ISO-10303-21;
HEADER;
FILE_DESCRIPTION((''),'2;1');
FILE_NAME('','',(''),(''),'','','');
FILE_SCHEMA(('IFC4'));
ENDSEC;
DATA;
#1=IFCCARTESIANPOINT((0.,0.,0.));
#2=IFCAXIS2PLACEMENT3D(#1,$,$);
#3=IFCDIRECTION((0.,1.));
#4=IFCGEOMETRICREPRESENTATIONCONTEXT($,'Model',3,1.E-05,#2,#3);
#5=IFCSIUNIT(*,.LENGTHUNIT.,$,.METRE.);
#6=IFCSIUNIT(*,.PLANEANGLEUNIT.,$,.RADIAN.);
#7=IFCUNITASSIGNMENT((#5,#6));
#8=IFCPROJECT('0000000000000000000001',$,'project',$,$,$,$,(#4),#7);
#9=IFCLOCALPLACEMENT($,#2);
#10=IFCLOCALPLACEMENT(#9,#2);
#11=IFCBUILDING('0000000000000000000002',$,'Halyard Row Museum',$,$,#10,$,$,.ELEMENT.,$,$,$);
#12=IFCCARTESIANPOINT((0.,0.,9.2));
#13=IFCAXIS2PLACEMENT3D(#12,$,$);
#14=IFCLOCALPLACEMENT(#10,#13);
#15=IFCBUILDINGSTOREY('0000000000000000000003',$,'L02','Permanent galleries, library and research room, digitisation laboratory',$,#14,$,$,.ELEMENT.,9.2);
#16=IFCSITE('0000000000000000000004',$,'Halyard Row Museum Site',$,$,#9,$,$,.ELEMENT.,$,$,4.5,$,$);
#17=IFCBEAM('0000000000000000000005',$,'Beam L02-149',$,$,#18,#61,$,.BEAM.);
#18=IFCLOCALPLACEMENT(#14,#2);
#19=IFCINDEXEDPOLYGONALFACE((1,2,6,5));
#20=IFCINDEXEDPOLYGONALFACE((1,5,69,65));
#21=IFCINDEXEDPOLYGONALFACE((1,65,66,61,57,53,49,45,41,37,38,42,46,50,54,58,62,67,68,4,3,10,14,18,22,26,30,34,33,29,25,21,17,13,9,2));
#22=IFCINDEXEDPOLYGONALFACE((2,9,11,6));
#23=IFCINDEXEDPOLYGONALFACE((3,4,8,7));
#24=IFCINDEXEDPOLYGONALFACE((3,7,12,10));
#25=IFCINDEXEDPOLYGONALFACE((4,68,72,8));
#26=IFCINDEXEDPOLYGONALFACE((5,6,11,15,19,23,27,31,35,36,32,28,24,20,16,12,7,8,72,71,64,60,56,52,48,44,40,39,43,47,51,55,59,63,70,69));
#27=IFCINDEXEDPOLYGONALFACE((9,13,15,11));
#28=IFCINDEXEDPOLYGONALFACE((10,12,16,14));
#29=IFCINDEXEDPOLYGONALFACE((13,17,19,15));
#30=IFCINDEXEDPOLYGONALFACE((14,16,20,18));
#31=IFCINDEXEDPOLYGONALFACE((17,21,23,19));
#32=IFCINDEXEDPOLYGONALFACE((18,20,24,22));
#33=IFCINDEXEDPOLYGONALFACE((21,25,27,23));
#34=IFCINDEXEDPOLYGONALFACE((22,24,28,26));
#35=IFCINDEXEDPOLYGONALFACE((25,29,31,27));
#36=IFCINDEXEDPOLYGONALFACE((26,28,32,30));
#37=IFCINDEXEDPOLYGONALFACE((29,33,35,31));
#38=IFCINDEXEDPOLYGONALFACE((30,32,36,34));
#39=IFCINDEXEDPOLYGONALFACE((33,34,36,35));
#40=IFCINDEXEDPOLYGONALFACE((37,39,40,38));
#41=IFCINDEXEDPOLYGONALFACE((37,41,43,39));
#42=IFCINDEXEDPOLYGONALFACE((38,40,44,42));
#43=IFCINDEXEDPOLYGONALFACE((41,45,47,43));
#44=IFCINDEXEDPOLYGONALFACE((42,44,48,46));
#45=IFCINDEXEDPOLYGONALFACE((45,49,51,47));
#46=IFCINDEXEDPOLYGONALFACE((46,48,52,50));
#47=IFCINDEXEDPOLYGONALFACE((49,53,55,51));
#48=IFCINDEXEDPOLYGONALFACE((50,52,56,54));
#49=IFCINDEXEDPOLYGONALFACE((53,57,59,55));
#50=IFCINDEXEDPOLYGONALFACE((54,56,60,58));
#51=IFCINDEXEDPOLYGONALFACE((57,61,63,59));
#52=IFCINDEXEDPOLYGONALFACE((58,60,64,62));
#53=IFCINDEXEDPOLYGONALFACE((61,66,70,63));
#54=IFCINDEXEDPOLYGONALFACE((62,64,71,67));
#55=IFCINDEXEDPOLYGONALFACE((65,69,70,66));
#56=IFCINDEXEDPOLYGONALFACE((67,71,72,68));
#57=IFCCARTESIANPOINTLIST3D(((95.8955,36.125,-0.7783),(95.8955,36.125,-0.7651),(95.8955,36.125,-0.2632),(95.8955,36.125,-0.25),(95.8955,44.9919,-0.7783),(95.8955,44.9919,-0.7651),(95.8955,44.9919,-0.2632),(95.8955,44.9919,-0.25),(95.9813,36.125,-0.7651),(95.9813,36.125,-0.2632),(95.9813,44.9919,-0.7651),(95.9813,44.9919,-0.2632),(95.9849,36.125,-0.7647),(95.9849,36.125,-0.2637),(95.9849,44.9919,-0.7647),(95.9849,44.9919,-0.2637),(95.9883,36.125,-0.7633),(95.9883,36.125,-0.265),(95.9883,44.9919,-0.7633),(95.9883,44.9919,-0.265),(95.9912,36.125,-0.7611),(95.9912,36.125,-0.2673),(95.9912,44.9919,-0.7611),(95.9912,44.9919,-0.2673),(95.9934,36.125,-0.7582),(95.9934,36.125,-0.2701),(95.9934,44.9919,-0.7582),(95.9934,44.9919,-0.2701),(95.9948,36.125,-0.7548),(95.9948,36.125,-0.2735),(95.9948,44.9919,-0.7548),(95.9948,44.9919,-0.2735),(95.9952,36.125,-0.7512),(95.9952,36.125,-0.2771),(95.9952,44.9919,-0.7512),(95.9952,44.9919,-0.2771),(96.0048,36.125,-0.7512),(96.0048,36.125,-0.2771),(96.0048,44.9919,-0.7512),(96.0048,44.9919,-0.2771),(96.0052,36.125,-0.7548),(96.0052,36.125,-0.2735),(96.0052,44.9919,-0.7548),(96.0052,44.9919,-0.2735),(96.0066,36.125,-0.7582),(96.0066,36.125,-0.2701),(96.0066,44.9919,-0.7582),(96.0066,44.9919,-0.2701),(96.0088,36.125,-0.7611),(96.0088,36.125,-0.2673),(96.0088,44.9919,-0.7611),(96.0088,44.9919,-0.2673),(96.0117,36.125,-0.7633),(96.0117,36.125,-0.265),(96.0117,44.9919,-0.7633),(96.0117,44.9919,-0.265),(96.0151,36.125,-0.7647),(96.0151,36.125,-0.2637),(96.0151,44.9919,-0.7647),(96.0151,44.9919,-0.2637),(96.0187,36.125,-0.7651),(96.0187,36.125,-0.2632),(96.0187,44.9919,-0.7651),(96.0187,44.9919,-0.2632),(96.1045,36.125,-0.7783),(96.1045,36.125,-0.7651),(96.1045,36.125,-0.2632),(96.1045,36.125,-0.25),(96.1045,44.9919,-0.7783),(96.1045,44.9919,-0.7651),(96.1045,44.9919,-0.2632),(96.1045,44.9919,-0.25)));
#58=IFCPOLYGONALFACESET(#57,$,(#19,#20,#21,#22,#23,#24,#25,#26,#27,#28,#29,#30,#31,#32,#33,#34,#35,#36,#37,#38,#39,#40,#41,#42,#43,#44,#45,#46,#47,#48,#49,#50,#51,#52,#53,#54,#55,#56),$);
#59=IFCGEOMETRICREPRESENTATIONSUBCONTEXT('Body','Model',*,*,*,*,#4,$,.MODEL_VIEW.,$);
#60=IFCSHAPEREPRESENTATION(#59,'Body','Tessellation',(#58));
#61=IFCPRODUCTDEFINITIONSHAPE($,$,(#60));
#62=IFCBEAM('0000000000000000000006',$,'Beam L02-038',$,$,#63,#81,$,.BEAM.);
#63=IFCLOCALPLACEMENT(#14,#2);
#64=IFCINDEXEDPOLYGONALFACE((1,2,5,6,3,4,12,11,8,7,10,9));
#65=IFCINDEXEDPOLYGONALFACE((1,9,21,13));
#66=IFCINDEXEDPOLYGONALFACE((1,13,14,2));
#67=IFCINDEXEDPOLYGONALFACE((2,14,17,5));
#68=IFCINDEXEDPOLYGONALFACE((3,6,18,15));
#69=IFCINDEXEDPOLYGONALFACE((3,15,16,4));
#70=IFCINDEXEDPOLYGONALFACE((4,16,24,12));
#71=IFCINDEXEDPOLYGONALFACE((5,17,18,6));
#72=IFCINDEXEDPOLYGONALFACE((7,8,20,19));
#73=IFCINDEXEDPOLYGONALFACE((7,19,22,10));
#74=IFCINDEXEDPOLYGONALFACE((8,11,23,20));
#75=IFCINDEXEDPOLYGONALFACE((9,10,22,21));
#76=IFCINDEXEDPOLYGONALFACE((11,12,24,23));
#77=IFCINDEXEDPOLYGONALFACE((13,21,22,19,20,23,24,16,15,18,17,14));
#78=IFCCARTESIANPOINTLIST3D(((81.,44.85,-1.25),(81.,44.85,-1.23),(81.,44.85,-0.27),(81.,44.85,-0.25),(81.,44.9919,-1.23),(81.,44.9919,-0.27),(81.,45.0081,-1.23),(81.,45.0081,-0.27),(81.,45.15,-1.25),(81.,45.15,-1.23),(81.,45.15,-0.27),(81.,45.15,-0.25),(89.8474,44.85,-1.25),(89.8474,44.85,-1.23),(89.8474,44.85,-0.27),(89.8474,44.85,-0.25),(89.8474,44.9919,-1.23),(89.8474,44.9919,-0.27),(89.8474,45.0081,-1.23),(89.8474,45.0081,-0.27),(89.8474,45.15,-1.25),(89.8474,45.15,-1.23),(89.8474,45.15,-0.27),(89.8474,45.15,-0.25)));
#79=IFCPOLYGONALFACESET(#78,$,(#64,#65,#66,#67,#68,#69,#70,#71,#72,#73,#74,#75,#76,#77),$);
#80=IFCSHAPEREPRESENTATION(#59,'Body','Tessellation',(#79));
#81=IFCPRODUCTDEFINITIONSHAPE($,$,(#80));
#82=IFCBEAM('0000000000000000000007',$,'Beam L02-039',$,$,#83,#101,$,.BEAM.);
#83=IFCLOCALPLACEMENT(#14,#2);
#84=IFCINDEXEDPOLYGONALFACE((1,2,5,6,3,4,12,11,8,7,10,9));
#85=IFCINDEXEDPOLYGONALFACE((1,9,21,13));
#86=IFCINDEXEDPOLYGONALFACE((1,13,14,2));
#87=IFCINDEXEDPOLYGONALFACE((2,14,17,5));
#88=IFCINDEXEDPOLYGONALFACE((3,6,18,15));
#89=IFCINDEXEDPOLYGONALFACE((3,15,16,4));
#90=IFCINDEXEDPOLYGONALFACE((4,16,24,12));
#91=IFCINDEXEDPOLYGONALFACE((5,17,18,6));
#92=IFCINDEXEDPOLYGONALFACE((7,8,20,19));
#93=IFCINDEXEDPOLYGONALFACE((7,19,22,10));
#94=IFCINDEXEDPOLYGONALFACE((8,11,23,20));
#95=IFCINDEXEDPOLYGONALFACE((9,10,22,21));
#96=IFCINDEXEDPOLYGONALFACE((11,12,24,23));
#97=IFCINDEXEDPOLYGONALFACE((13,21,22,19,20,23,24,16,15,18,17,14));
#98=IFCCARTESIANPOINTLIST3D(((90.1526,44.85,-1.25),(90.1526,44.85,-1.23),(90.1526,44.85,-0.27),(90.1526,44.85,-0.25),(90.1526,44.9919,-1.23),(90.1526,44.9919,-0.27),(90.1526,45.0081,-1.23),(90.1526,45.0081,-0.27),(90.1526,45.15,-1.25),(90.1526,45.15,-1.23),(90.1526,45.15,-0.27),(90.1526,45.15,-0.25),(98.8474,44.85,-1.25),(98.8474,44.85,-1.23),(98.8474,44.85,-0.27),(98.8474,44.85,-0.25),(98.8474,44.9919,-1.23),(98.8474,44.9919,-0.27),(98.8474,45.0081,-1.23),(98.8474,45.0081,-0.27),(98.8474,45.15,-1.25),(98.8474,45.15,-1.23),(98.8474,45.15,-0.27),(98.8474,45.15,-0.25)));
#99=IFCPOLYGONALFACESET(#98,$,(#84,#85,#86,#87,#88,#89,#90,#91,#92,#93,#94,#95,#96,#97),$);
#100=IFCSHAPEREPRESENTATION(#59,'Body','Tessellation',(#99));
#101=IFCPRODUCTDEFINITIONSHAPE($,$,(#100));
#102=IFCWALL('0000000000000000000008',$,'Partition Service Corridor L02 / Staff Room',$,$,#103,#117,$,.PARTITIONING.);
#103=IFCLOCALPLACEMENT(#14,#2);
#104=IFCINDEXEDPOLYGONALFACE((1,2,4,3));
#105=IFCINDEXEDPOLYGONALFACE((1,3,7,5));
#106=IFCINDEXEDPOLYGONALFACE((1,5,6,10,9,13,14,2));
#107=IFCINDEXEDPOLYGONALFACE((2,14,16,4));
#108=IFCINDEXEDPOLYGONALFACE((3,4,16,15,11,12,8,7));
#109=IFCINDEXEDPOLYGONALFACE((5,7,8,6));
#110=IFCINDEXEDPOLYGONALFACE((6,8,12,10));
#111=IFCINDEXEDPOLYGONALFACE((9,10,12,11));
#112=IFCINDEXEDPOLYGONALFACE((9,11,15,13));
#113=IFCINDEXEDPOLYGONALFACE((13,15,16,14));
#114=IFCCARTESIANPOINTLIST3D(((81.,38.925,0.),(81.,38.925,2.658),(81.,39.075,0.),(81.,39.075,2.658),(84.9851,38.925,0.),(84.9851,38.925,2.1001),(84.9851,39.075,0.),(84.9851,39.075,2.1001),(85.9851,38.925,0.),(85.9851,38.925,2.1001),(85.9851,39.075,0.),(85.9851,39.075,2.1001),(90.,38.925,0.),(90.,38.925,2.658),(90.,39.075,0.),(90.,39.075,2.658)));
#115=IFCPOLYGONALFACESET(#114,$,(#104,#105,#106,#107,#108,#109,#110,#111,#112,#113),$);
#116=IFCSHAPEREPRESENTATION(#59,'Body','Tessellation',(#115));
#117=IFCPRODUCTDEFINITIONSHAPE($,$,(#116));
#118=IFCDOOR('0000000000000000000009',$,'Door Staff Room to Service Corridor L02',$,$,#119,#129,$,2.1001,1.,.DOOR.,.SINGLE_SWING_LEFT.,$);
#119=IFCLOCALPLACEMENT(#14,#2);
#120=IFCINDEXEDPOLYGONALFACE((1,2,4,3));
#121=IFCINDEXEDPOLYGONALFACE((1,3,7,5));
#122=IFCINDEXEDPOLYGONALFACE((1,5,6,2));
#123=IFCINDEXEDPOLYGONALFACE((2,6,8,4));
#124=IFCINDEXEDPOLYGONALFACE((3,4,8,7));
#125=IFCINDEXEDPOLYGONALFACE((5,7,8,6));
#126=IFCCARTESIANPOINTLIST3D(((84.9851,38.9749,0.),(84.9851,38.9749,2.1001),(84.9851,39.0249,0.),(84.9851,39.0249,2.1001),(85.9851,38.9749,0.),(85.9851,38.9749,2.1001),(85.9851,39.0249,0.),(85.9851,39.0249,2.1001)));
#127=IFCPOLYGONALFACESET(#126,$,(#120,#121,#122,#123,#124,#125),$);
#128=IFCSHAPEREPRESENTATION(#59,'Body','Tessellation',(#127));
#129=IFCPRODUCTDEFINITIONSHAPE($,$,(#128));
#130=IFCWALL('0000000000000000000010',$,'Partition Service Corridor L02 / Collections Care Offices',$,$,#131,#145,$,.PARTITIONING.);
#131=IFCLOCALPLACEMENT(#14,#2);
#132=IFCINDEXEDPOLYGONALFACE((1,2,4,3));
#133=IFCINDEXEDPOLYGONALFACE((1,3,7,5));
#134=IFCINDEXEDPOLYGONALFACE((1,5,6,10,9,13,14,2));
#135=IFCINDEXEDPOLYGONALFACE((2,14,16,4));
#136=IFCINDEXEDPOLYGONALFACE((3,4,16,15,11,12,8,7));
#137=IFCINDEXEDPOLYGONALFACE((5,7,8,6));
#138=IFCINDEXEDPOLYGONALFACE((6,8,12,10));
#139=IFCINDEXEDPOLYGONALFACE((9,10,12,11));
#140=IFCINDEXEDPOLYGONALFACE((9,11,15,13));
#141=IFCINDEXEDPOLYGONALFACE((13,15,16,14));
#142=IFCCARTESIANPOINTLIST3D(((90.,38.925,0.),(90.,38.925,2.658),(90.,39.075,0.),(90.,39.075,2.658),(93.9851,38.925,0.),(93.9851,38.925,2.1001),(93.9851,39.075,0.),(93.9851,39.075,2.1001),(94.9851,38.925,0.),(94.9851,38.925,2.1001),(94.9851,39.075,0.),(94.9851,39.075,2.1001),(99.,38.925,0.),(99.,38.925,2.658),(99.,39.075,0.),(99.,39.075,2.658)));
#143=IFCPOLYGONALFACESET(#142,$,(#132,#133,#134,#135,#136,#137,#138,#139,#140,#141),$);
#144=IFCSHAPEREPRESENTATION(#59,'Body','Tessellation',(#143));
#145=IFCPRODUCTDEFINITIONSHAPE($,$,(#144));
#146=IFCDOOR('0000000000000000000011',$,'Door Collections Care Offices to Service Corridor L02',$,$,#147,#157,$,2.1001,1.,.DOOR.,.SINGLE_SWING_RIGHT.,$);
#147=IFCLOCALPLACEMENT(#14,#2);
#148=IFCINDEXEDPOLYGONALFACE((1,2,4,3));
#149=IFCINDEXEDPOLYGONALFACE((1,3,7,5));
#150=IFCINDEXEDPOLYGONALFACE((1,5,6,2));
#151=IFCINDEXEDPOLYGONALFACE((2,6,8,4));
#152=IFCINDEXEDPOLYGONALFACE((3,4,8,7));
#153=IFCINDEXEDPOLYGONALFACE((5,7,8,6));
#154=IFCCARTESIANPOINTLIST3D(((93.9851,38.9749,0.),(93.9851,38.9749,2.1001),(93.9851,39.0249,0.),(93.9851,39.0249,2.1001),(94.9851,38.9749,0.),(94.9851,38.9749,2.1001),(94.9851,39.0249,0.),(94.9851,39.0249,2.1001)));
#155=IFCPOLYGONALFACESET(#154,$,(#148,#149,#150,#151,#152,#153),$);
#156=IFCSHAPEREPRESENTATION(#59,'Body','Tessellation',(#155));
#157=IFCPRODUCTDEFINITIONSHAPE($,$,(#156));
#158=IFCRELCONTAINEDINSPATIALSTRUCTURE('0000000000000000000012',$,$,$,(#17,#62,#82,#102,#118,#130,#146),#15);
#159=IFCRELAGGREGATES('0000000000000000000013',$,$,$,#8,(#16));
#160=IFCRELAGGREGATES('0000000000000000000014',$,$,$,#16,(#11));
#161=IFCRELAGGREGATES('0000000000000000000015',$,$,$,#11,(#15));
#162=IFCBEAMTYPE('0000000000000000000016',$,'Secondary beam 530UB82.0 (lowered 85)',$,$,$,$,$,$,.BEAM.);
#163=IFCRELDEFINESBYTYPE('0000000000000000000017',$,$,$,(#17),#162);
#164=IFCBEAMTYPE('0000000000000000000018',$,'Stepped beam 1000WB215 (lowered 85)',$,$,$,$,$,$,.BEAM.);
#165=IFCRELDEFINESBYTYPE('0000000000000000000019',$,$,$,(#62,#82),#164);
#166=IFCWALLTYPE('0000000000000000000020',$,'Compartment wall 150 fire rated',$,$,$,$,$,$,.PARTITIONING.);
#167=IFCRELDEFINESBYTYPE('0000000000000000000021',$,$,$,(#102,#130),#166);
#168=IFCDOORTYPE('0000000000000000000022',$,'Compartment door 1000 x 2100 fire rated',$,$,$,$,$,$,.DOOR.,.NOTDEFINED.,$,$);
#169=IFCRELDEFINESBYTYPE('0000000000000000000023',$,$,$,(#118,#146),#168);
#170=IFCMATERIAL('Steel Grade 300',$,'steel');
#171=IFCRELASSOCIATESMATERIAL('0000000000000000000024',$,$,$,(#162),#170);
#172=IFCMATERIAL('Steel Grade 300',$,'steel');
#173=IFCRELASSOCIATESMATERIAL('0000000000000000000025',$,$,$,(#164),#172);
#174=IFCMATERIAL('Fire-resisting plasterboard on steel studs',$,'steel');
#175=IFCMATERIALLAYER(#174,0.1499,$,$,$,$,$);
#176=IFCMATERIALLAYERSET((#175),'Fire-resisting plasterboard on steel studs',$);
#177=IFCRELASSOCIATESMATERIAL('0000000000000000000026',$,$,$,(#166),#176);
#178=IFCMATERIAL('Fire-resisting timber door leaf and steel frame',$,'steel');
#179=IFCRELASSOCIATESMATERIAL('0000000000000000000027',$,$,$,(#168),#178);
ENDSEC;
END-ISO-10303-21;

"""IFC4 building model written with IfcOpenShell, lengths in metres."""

from ifc_helpers import new_model, si_unit, direction, frame, frame_2d, origin, origin_2d, place, context, subcontext, project, spatial, rectangle, i_section, extrude, material, layer, layer_set, material_profile, profile_set, type_object, element, fill, save


model = new_model("IFC4")

# Units and contexts
model_context = context("Model", 3, precision=1e-05, world=origin(), true_north=direction((0.0, 1.0)))
body_context = subcontext(model_context, "Body", "Model", "MODEL_VIEW")
ifc_project = project(units=[si_unit("LENGTHUNIT", "METRE"), si_unit("PLANEANGLEUNIT", "RADIAN")], contexts=[model_context])

# Site, building, storey
site_placement = place(None, origin())
site = spatial("IfcSite", under=ifc_project, at=site_placement, Name="Halyard Row Museum Site", CompositionType="ELEMENT", RefElevation=4.5)
building_placement = place(site_placement, origin())
building = spatial("IfcBuilding", under=site, at=building_placement, Name="Halyard Row Museum", CompositionType="ELEMENT")
storey_placement = place(building_placement, frame((0.0, 0.0, 9.2)))
storey = spatial("IfcBuildingStorey", under=building, at=storey_placement, Name="L02", Description="Permanent galleries, library and research room, digitisation laboratory", CompositionType="ELEMENT", Elevation=9.2)

# Beams
ifc_material_1 = material(Name="Steel Grade 300", Category="steel")
ifc_material_profile_1 = material_profile(ifc_material_1, i_section(OverallWidth=0.209, OverallDepth=0.5283, WebThickness=0.0095, FlangeThickness=0.0132, FilletRadius=0.0139, at=origin_2d()), Name="530UB82.0")
ifc_profile_set_1 = profile_set([ifc_material_profile_1], Name="Steel Grade 300")
beam_type_1 = type_object("IfcBeamType", Name="Secondary beam 530UB82.0 (lowered 85)", PredefinedType="BEAM", material=ifc_profile_set_1)
for number, where, z_axis, x_axis, name in (
    (1, (96.0, 36.125, -0.5142), (0.0, 1.0, 0.0), (-1.0, 0.0, 0.0), "Beam L02-149"),
):
    element("IfcBeam", number, at=place(storey_placement, frame(where, z_axis=z_axis, x_axis=x_axis)), inside=storey, type_object=beam_type_1, Name=name, PredefinedType="BEAM", context=body_context, shape_type="SweptSolid", body=[
        extrude(i_section(OverallWidth=0.209, OverallDepth=0.5283, WebThickness=0.0095, FlangeThickness=0.0132, FilletRadius=0.0139, at=origin_2d()), origin(), (0.0, 0.0, 1.0), 8.8669),
    ])
ifc_material_2 = material(Name="Steel Grade 300", Category="steel")
ifc_material_profile_2 = material_profile(ifc_material_2, i_section(OverallWidth=0.3, OverallDepth=1.0, WebThickness=0.0161, FlangeThickness=0.02, at=origin_2d()), Name="1000WB215")
ifc_profile_set_2 = profile_set([ifc_material_profile_2], Name="Steel Grade 300")
beam_type_2 = type_object("IfcBeamType", Name="Stepped beam 1000WB215 (lowered 85)", PredefinedType="BEAM", material=ifc_profile_set_2)
beam_1_placement = place(storey_placement, frame((81.0, 45.0, -0.75), z_axis=(1.0, 0.0, 0.0), x_axis=(0.0, 1.0, 0.0)))
element("IfcBeam", 2, at=beam_1_placement, inside=storey, type_object=beam_type_2, Name="Beam L02-038", PredefinedType="BEAM", context=body_context, shape_type="SweptSolid", body=[
    extrude(i_section(OverallWidth=0.3, OverallDepth=1.0, WebThickness=0.0161, FlangeThickness=0.02, at=origin_2d()), origin(), (0.0, 0.0, 1.0), 8.8474),
])
beam_2_placement = place(storey_placement, frame((90.1526, 45.0, -0.75), z_axis=(1.0, 0.0, 0.0), x_axis=(0.0, 1.0, 0.0)))
element("IfcBeam", 3, at=beam_2_placement, inside=storey, type_object=beam_type_2, Name="Beam L02-039", PredefinedType="BEAM", context=body_context, shape_type="SweptSolid", body=[
    extrude(i_section(OverallWidth=0.3, OverallDepth=1.0, WebThickness=0.0161, FlangeThickness=0.02, at=origin_2d()), origin(), (0.0, 0.0, 1.0), 8.6948),
])

# Walls, openings, doors
ifc_material_3 = material(Name="Fire-resisting plasterboard on steel studs", Category="steel")
ifc_layer_1 = layer(ifc_material_3, 0.1499)
ifc_layer_set_1 = layer_set([ifc_layer_1], Name="Fire-resisting plasterboard on steel studs")
wall_type_1 = type_object("IfcWallType", Name="Compartment wall 150 fire rated", PredefinedType="PARTITIONING", material=ifc_layer_set_1)
wall_1_placement = place(storey_placement, frame((81.0, 39.0, 0.0), z_axis=(0.0, 0.0, 1.0), x_axis=(1.0, 0.0, 0.0)))
wall_1 = element("IfcWall", 4, at=wall_1_placement, inside=storey, type_object=wall_type_1, Name="Partition Service Corridor L02 / Staff Room", PredefinedType="PARTITIONING", context=body_context, shape_type="SweptSolid", body=[
    extrude(rectangle(XDim=9.0, YDim=0.1499, at=frame_2d((4.5, 0.0))), origin(), (0.0, 0.0, 1.0), 2.658),
])
opening_1_placement = place(wall_1_placement, frame((3.9851, 0.0, 0.0)))
opening_1 = element("IfcOpeningElement", 5, at=opening_1_placement, cuts=wall_1, PredefinedType="OPENING", context=body_context, shape_type="SweptSolid", body=[
    extrude(rectangle(XDim=1.0, YDim=2.1001, at=frame_2d((0.5, 1.05))), frame((0.0, 0.085, 0.0), z_axis=(0.0, -1.0, 0.0), x_axis=(1.0, 0.0, 0.0)), (0.0, 0.0, 1.0), 0.1699),
])
ifc_material_4 = material(Name="Fire-resisting timber door leaf and steel frame", Category="steel")
door_type = type_object("IfcDoorType", Name="Compartment door 1000 x 2100 fire rated", OperationType="NOTDEFINED", PredefinedType="DOOR", material=ifc_material_4)
door_1_placement = place(opening_1_placement, origin())
door_1 = element("IfcDoor", 6, at=door_1_placement, inside=storey, type_object=door_type, Name="Door Staff Room to Service Corridor L02", OperationType="SINGLE_SWING_LEFT", OverallHeight=2.1001, OverallWidth=1.0, PredefinedType="DOOR", context=body_context, shape_type="SweptSolid", body=[
    extrude(rectangle(XDim=1.0, YDim=2.1001, at=frame_2d((0.5, 1.05))), frame((0.0, 0.0249, 0.0), z_axis=(0.0, -1.0, 0.0), x_axis=(1.0, 0.0, 0.0)), (0.0, 0.0, 1.0), 0.05),
])
fill(opening_1, door_1)
wall_2_placement = place(storey_placement, frame((90.0, 39.0, 0.0), z_axis=(0.0, 0.0, 1.0), x_axis=(1.0, 0.0, 0.0)))
wall_2 = element("IfcWall", 7, at=wall_2_placement, inside=storey, type_object=wall_type_1, Name="Partition Service Corridor L02 / Collections Care Offices", PredefinedType="PARTITIONING", context=body_context, shape_type="SweptSolid", body=[
    extrude(rectangle(XDim=9.0, YDim=0.1499, at=frame_2d((4.5, 0.0))), origin(), (0.0, 0.0, 1.0), 2.658),
])
opening_2_placement = place(wall_2_placement, frame((3.9851, 0.0, 0.0)))
opening_2 = element("IfcOpeningElement", 8, at=opening_2_placement, cuts=wall_2, PredefinedType="OPENING", context=body_context, shape_type="SweptSolid", body=[
    extrude(rectangle(XDim=1.0, YDim=2.1001, at=frame_2d((0.5, 1.05))), frame((0.0, 0.085, 0.0), z_axis=(0.0, -1.0, 0.0), x_axis=(1.0, 0.0, 0.0)), (0.0, 0.0, 1.0), 0.1699),
])
door_2_placement = place(opening_2_placement, origin())
door_2 = element("IfcDoor", 9, at=door_2_placement, inside=storey, type_object=door_type, Name="Door Collections Care Offices to Service Corridor L02", OperationType="SINGLE_SWING_RIGHT", OverallHeight=2.1001, OverallWidth=1.0, PredefinedType="DOOR", context=body_context, shape_type="SweptSolid", body=[
    extrude(rectangle(XDim=1.0, YDim=2.1001, at=frame_2d((0.5, 1.05))), frame((0.0, 0.0249, 0.0), z_axis=(0.0, -1.0, 0.0), x_axis=(1.0, 0.0, 0.0)), (0.0, 0.0, 1.0), 0.05),
])
fill(opening_2, door_2)

save(model, "model.ifc")
